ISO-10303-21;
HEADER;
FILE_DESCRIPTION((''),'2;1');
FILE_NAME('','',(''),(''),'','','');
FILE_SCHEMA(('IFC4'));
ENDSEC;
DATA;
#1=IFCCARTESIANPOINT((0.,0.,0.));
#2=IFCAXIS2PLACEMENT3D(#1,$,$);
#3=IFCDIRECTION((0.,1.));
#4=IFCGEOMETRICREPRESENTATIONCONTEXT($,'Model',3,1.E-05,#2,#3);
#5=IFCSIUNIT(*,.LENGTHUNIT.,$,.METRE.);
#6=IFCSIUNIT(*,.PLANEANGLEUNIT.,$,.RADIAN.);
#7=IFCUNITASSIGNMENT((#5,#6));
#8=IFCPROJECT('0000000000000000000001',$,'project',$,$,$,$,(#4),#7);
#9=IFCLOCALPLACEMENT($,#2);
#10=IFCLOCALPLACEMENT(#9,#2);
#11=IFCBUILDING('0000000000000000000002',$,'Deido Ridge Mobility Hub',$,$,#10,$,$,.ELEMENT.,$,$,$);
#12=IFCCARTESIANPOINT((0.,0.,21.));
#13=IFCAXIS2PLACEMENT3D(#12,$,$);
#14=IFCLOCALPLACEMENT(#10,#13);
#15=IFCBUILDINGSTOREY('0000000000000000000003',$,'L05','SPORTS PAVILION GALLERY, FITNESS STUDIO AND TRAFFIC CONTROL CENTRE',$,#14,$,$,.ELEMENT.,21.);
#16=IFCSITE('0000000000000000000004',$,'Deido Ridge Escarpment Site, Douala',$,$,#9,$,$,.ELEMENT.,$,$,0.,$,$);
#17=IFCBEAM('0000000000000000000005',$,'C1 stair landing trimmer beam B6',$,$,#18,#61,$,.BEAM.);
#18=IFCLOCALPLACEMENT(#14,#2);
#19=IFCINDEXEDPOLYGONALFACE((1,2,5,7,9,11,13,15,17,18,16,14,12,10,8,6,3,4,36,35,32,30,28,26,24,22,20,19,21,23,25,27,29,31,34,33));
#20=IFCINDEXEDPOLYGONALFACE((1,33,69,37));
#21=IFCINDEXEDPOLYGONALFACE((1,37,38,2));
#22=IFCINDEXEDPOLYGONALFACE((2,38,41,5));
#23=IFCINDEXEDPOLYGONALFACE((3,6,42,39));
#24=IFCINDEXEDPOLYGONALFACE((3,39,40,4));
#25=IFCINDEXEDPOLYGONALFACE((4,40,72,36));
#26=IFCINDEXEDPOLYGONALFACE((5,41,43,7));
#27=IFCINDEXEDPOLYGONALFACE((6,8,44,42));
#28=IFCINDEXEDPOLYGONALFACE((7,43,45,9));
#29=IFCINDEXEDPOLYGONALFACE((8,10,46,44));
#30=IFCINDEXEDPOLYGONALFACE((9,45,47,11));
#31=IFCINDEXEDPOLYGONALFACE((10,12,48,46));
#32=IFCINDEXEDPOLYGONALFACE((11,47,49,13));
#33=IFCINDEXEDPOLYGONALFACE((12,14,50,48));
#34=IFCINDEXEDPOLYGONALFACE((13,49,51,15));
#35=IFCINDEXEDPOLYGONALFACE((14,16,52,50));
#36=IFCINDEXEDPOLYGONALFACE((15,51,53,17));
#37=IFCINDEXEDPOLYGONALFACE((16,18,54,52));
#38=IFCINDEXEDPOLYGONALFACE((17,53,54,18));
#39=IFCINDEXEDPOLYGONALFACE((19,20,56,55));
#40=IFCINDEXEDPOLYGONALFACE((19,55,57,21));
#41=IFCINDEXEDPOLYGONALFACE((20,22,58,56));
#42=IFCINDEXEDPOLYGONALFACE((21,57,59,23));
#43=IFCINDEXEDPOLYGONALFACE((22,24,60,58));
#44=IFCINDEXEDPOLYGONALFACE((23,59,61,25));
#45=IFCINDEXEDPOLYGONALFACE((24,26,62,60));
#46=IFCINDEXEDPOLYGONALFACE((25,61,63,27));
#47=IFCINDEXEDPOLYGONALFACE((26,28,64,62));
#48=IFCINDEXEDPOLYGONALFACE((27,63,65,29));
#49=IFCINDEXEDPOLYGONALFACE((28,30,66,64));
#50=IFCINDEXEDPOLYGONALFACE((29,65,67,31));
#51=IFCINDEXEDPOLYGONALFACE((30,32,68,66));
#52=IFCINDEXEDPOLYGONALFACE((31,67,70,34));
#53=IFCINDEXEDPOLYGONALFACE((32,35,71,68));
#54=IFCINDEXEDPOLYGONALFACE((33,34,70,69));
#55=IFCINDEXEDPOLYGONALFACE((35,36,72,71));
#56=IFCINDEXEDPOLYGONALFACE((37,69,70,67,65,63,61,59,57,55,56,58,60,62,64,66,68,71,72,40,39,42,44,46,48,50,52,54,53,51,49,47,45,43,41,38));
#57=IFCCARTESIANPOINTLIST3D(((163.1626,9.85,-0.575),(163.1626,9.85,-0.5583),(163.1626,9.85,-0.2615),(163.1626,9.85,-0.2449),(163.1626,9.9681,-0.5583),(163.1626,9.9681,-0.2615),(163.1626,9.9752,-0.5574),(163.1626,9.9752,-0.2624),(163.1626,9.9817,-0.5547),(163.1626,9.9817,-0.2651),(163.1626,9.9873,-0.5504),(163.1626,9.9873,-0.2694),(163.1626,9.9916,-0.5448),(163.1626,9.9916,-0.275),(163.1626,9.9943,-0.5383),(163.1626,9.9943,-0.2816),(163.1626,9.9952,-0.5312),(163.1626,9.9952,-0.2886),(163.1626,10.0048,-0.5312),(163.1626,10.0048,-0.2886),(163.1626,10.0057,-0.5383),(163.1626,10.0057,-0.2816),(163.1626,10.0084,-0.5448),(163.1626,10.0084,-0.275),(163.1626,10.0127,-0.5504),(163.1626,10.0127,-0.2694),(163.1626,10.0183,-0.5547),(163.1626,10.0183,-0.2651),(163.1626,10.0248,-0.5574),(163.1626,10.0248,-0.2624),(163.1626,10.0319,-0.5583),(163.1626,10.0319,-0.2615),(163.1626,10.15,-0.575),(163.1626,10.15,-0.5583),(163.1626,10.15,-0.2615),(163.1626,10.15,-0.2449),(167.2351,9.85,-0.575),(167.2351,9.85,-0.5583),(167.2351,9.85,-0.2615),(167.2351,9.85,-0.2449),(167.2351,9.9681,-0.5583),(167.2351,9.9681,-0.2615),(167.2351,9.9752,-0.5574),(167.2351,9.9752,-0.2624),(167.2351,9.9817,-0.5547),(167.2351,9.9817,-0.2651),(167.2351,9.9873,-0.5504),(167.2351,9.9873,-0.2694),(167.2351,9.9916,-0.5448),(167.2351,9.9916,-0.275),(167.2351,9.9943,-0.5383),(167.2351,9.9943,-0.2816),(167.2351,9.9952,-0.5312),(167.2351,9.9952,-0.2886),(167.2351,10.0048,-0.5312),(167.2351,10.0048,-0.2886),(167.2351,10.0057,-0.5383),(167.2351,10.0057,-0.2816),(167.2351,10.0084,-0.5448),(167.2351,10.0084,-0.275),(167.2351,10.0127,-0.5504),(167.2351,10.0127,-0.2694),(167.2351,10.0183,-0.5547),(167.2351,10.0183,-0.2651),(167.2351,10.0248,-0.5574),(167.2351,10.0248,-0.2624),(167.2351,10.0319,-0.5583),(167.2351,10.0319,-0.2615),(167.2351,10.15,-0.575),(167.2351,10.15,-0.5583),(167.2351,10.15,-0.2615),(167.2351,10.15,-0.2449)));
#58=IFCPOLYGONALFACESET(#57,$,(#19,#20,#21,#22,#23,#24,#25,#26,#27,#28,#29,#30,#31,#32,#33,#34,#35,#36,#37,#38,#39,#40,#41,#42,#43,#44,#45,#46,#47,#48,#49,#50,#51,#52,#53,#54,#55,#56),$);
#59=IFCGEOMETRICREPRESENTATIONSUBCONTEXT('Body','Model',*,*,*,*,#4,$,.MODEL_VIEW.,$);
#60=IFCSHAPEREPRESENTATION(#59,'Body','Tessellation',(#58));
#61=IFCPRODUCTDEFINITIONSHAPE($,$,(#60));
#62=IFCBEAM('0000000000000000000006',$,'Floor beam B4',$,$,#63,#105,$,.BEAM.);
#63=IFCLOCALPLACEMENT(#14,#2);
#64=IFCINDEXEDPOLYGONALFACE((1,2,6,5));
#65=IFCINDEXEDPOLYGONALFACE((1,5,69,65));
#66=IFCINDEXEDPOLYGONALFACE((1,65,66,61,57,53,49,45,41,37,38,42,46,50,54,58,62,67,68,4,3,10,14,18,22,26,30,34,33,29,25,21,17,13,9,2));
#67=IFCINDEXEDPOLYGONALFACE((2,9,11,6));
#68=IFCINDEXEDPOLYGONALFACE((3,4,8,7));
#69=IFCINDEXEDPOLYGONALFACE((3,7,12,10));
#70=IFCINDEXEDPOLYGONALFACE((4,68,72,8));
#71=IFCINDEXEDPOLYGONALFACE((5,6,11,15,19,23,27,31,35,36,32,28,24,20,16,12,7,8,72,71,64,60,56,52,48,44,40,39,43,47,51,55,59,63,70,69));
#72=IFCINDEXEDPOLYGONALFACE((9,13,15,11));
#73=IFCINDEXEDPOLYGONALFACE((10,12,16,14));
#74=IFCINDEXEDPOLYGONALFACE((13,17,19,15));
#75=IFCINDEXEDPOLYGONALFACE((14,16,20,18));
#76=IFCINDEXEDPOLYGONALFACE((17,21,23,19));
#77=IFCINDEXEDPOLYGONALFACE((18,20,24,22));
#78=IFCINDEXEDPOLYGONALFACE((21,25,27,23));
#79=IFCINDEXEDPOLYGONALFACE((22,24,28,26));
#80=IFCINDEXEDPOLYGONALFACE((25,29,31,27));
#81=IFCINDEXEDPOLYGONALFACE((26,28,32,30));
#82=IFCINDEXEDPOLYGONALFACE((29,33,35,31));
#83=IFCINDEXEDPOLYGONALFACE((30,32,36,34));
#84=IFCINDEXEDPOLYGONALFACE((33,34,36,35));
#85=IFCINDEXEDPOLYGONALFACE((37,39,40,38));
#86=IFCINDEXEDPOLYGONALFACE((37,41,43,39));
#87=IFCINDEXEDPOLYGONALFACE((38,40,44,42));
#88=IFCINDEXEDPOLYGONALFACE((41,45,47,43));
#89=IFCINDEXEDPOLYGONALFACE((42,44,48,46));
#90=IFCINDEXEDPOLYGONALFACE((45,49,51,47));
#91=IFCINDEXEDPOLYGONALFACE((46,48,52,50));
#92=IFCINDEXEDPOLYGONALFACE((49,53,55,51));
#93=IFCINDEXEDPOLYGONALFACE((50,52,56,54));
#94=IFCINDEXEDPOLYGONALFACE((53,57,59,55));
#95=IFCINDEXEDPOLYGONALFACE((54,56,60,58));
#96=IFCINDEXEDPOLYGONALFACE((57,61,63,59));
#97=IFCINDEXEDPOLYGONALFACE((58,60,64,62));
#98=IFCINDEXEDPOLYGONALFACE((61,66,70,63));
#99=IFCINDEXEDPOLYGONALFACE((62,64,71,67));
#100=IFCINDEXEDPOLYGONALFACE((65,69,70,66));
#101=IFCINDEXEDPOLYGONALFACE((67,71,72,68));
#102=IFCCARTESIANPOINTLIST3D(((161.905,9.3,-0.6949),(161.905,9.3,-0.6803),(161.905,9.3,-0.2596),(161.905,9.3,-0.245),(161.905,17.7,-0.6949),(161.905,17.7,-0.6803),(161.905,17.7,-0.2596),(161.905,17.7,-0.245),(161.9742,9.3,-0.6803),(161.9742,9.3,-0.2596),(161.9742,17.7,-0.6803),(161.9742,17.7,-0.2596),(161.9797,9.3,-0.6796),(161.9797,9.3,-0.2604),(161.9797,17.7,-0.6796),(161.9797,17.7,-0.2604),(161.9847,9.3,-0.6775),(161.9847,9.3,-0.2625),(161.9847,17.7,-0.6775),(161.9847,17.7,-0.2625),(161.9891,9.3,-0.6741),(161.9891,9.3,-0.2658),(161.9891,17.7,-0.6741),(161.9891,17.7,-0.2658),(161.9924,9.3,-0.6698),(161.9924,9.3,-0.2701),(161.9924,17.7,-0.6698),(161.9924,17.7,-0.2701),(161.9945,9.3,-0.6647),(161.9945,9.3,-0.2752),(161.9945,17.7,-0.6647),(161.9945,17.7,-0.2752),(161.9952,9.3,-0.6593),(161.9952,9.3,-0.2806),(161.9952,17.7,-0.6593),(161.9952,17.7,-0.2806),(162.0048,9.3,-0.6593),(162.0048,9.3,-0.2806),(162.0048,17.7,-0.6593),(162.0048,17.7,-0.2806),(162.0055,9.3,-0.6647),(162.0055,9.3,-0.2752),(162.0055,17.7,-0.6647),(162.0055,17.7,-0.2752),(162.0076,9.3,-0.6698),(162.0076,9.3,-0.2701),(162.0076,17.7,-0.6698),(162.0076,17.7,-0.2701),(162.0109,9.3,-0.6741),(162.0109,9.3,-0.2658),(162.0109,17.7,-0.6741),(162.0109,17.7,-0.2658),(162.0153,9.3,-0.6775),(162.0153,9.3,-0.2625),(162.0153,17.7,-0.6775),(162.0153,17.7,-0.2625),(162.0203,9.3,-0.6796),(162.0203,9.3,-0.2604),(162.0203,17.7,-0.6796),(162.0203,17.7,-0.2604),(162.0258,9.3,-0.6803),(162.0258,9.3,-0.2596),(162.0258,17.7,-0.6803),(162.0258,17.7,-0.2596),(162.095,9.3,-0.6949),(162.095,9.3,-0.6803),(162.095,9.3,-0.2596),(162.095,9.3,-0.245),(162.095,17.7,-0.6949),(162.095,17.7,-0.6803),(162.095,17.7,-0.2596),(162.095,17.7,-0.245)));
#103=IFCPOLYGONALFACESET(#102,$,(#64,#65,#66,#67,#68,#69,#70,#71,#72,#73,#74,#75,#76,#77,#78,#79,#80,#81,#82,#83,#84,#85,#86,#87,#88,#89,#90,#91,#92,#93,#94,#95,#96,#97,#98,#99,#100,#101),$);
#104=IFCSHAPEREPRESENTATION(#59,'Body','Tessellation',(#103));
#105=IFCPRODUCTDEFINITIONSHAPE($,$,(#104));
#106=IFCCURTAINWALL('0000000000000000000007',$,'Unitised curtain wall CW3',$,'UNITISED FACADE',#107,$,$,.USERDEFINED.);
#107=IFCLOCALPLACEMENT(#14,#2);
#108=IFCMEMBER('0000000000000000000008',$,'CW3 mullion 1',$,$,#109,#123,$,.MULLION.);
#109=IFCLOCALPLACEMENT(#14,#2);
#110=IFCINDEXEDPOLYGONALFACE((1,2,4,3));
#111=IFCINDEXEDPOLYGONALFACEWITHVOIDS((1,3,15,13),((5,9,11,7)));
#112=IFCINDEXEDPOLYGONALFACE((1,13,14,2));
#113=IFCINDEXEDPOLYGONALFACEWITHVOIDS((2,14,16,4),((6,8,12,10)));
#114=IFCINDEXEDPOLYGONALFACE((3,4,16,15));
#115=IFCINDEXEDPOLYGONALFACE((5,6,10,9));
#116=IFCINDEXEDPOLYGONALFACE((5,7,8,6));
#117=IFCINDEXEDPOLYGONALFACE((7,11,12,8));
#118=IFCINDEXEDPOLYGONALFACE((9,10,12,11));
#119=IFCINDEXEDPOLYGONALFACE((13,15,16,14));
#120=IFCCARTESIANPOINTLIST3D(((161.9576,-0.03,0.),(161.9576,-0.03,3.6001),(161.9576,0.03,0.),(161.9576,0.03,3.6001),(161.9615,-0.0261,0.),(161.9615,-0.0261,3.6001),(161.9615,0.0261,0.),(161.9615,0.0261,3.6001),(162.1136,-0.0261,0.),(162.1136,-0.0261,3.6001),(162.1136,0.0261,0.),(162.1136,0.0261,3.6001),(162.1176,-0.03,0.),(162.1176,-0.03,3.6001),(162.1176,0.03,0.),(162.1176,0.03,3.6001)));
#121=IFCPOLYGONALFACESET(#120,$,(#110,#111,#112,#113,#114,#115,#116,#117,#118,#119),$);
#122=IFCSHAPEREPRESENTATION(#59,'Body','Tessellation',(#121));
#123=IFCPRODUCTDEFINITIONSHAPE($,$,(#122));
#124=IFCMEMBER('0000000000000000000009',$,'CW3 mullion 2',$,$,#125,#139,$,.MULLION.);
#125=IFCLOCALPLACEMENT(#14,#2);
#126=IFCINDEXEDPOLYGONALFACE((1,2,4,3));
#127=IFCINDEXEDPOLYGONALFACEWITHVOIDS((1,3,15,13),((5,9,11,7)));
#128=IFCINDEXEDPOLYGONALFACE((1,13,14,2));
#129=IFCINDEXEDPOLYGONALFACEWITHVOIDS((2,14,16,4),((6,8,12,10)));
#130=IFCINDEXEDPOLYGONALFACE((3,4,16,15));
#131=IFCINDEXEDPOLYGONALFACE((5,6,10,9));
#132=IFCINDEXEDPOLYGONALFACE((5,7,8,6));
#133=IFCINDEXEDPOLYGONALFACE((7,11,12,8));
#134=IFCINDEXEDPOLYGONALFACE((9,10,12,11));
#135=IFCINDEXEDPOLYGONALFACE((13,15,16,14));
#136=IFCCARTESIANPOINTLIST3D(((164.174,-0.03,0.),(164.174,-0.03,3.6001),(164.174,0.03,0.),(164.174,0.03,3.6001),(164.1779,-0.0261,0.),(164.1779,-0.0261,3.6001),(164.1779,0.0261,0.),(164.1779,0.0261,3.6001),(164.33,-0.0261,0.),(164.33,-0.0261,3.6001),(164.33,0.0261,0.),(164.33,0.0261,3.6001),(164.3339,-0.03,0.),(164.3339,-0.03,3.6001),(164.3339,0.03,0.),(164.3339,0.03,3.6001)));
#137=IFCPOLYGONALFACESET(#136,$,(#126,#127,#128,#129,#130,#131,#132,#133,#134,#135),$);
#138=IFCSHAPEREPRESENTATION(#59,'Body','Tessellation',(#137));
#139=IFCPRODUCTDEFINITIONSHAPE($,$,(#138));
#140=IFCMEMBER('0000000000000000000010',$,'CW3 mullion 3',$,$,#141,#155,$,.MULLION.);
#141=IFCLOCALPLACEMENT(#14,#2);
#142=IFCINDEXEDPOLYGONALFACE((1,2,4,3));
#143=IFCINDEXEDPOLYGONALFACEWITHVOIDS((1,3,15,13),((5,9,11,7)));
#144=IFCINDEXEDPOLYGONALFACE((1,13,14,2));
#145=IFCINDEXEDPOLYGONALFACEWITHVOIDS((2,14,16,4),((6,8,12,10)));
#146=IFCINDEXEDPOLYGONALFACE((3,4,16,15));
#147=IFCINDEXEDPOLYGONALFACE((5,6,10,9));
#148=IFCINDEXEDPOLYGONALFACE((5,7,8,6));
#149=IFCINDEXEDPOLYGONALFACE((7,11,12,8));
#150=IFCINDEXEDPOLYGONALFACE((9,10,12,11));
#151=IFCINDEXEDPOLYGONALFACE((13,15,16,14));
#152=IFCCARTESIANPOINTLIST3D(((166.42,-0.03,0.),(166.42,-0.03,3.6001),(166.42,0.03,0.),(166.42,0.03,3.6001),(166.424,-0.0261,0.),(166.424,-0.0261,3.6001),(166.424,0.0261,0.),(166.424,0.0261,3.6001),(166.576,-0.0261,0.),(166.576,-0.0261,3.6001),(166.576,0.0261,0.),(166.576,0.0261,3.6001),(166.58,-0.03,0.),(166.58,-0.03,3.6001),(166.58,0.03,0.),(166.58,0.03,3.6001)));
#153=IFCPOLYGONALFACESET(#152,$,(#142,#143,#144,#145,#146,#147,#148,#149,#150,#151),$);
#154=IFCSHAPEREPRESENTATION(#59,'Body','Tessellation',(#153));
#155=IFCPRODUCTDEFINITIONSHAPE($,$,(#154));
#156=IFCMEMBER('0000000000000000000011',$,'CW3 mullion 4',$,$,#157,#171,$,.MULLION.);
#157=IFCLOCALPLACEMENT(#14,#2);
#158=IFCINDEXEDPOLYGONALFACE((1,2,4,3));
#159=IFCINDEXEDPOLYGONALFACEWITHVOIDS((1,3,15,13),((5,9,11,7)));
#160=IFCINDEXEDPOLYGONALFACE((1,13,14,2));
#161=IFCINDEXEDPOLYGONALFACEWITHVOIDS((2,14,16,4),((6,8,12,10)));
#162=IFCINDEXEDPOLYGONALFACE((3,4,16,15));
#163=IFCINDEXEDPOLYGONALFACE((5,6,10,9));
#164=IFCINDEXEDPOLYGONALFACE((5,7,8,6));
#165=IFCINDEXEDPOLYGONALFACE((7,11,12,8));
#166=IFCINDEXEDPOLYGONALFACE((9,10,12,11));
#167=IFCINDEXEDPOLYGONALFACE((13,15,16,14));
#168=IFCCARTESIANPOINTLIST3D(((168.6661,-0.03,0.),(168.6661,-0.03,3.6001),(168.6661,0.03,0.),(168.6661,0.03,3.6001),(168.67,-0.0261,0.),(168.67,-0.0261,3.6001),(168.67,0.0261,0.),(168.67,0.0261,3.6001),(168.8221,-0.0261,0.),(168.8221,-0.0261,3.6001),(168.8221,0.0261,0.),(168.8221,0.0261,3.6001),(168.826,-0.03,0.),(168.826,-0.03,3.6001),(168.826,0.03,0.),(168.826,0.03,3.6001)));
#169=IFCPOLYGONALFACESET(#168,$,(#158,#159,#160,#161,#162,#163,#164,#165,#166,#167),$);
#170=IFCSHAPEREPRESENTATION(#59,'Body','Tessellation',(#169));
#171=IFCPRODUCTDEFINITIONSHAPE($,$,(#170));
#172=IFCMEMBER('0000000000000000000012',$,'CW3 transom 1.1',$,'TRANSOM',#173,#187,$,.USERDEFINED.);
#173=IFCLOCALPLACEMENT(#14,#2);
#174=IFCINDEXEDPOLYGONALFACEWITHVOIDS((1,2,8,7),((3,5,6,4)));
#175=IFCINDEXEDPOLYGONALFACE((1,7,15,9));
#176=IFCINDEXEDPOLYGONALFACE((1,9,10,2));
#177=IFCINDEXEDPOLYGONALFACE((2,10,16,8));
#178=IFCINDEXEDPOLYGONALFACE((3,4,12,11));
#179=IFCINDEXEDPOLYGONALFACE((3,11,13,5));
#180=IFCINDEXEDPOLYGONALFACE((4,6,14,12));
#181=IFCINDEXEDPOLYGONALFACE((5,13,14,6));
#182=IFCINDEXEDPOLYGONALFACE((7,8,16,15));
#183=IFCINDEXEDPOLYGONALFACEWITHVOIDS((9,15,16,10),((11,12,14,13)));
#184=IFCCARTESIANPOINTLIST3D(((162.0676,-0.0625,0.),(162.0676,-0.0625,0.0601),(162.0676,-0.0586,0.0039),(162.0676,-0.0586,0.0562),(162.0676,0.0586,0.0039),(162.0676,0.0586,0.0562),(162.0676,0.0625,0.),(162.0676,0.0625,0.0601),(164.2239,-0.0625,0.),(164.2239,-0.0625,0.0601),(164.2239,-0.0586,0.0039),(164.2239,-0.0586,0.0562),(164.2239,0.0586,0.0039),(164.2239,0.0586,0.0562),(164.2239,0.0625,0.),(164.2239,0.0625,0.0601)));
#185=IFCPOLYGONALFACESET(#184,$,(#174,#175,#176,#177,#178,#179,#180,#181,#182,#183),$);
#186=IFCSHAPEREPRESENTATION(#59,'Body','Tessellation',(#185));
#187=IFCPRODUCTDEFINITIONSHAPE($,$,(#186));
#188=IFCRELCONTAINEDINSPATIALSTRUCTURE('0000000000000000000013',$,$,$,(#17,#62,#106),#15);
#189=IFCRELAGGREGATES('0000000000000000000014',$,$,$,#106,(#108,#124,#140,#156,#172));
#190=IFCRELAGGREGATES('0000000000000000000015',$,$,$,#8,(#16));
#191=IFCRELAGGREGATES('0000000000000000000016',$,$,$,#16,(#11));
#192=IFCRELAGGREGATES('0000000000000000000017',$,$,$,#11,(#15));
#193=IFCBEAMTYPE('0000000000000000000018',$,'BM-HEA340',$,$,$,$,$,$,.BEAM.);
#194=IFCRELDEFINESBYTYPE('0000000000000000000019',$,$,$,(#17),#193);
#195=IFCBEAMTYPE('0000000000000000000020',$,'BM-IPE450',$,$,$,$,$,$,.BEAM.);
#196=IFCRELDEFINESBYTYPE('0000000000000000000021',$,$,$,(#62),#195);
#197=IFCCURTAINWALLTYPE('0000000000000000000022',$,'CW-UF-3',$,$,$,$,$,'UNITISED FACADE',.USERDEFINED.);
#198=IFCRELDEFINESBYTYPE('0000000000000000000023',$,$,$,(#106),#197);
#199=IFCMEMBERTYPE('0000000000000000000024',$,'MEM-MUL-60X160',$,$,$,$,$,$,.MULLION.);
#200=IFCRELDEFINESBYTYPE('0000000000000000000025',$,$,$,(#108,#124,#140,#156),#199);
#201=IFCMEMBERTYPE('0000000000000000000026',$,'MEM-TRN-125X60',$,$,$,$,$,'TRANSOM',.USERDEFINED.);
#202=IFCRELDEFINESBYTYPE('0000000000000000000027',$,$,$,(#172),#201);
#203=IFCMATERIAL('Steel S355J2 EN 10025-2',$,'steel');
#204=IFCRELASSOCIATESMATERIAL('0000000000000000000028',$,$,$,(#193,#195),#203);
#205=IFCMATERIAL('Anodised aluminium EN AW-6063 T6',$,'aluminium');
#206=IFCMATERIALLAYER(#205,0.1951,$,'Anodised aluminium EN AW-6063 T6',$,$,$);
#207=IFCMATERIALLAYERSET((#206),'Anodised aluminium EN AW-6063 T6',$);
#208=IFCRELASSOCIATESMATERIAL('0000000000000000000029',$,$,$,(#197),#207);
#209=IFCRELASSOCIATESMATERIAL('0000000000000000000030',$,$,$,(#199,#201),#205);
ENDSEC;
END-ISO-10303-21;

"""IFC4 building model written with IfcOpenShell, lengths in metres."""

from ifc_helpers import new_model, si_unit, direction, frame, origin, origin_2d, place, context, subcontext, project, spatial, hollow_rectangle, i_section, extrude, material, layer, layer_set, material_profile, profile_set, type_object, element, aggregate, save


model = new_model("IFC4")

# Units and contexts
model_context = context("Model", 3, precision=1e-05, world=origin(), true_north=direction((0.0, 1.0)))
body_context = subcontext(model_context, "Body", "Model", "MODEL_VIEW")
ifc_project = project(units=[si_unit("LENGTHUNIT", "METRE"), si_unit("PLANEANGLEUNIT", "RADIAN")], contexts=[model_context])

# Site, building, storey
site_placement = place(None, origin())
site = spatial("IfcSite", under=ifc_project, at=site_placement, Name="Deido Ridge Escarpment Site, Douala", CompositionType="ELEMENT", RefElevation=0.0)
building_placement = place(site_placement, origin())
building = spatial("IfcBuilding", under=site, at=building_placement, Name="Deido Ridge Mobility Hub", CompositionType="ELEMENT")
storey_placement = place(building_placement, frame((0.0, 0.0, 21.0)))
storey = spatial("IfcBuildingStorey", under=building, at=storey_placement, Name="L05", Description="SPORTS PAVILION GALLERY, FITNESS STUDIO AND TRAFFIC CONTROL CENTRE", CompositionType="ELEMENT", Elevation=21.0)

# Beams
ifc_material_1 = material(Name="Steel S355J2 EN 10025-2", Category="steel")
ifc_material_profile_1 = material_profile(ifc_material_1, i_section(OverallWidth=0.3, OverallDepth=0.3301, WebThickness=0.0095, FlangeThickness=0.0166, FilletRadius=0.0271, at=origin_2d()), Name="HEA 340")
ifc_profile_set_1 = profile_set([ifc_material_profile_1], Name="Steel S355J2 EN 10025-2")
beam_type_1 = type_object("IfcBeamType", Name="BM-HEA340", PredefinedType="BEAM", material=ifc_profile_set_1)
beam_1_placement = place(storey_placement, frame((163.1626, 10.0, -0.4099), z_axis=(1.0, 0.0, 0.0), x_axis=(0.0, 1.0, 0.0)))
element("IfcBeam", 1, at=beam_1_placement, inside=storey, type_object=beam_type_1, Name="C1 stair landing trimmer beam B6", PredefinedType="BEAM", context=body_context, shape_type="SweptSolid", body=[
    extrude(i_section(OverallWidth=0.3, OverallDepth=0.3301, WebThickness=0.0095, FlangeThickness=0.0166, FilletRadius=0.0271, at=origin_2d()), origin(), (0.0, 0.0, 1.0), 4.0725),
])
ifc_material_profile_2 = material_profile(ifc_material_1, i_section(OverallWidth=0.1899, OverallDepth=0.45, WebThickness=0.0095, FlangeThickness=0.0146, FilletRadius=0.021, at=origin_2d()), Name="IPE 450")
ifc_profile_set_2 = profile_set([ifc_material_profile_2], Name="Steel S355J2 EN 10025-2")
beam_type_2 = type_object("IfcBeamType", Name="BM-IPE450", PredefinedType="BEAM", material=ifc_profile_set_2)
beam_2_placement = place(storey_placement, frame((162.0, 9.3, -0.47), z_axis=(0.0, 1.0, 0.0), x_axis=(-1.0, 0.0, 0.0)))
element("IfcBeam", 2, at=beam_2_placement, inside=storey, type_object=beam_type_2, Name="Floor beam B4", PredefinedType="BEAM", context=body_context, shape_type="SweptSolid", body=[
    extrude(i_section(OverallWidth=0.1899, OverallDepth=0.45, WebThickness=0.0095, FlangeThickness=0.0146, FilletRadius=0.021, at=origin_2d()), origin(), (0.0, 0.0, 1.0), 8.3999),
])

# Curtain wall, members
ifc_material_2 = material(Name="Anodised aluminium EN AW-6063 T6", Category="aluminium")
ifc_layer_1 = layer(ifc_material_2, 0.1951, Name="Anodised aluminium EN AW-6063 T6")
ifc_layer_set_1 = layer_set([ifc_layer_1], Name="Anodised aluminium EN AW-6063 T6")
curtain_wall_type = type_object("IfcCurtainWallType", Name="CW-UF-3", ElementType="UNITISED FACADE", PredefinedType="USERDEFINED", material=ifc_layer_set_1)
curtain_wall_placement = place(storey_placement, origin())
curtain_wall = element("IfcCurtainWall", 3, at=curtain_wall_placement, inside=storey, type_object=curtain_wall_type, Name="Unitised curtain wall CW3", ObjectType="UNITISED FACADE", PredefinedType="USERDEFINED")
ifc_material_profile_3 = material_profile(ifc_material_2, hollow_rectangle(XDim=0.0601, YDim=0.1599, WallThickness=0.0039, at=origin_2d()), Name="RHS 60x160x4")
ifc_profile_set_3 = profile_set([ifc_material_profile_3], Name="Anodised aluminium EN AW-6063 T6")
member_type_1 = type_object("IfcMemberType", Name="MEM-MUL-60X160", PredefinedType="MULLION", material=ifc_profile_set_3)
member_1_placement = place(storey_placement, frame((162.0376, 0.0, 0.0), z_axis=(0.0, 0.0, 1.0), x_axis=(0.0, 1.0, 0.0)))
member_1 = element("IfcMember", 4, at=member_1_placement, type_object=member_type_1, Name="CW3 mullion 1", PredefinedType="MULLION", context=body_context, shape_type="SweptSolid", body=[
    extrude(hollow_rectangle(XDim=0.0601, YDim=0.1599, WallThickness=0.0039, at=origin_2d()), origin(), (0.0, 0.0, 1.0), 3.6001),
])
member_2_placement = place(storey_placement, frame((164.2539, 0.0, 0.0), z_axis=(0.0, 0.0, 1.0), x_axis=(0.0, 1.0, 0.0)))
member_2 = element("IfcMember", 5, at=member_2_placement, type_object=member_type_1, Name="CW3 mullion 2", PredefinedType="MULLION", context=body_context, shape_type="SweptSolid", body=[
    extrude(hollow_rectangle(XDim=0.0601, YDim=0.1599, WallThickness=0.0039, at=origin_2d()), origin(), (0.0, 0.0, 1.0), 3.6001),
])
member_3_placement = place(storey_placement, frame((166.5, 0.0, 0.0), z_axis=(0.0, 0.0, 1.0), x_axis=(0.0, 1.0, 0.0)))
member_3 = element("IfcMember", 6, at=member_3_placement, type_object=member_type_1, Name="CW3 mullion 3", PredefinedType="MULLION", context=body_context, shape_type="SweptSolid", body=[
    extrude(hollow_rectangle(XDim=0.0601, YDim=0.1599, WallThickness=0.0039, at=origin_2d()), origin(), (0.0, 0.0, 1.0), 3.6001),
])
member_4_placement = place(storey_placement, frame((168.7461, 0.0, 0.0), z_axis=(0.0, 0.0, 1.0), x_axis=(0.0, 1.0, 0.0)))
member_4 = element("IfcMember", 7, at=member_4_placement, type_object=member_type_1, Name="CW3 mullion 4", PredefinedType="MULLION", context=body_context, shape_type="SweptSolid", body=[
    extrude(hollow_rectangle(XDim=0.0601, YDim=0.1599, WallThickness=0.0039, at=origin_2d()), origin(), (0.0, 0.0, 1.0), 3.6001),
])
ifc_material_profile_4 = material_profile(ifc_material_2, hollow_rectangle(XDim=0.125, YDim=0.0601, WallThickness=0.0039, at=origin_2d()), Name="RHS 125x60x4")
ifc_profile_set_4 = profile_set([ifc_material_profile_4], Name="Anodised aluminium EN AW-6063 T6")
member_type_2 = type_object("IfcMemberType", Name="MEM-TRN-125X60", ElementType="TRANSOM", PredefinedType="USERDEFINED", material=ifc_profile_set_4)
member_5_placement = place(storey_placement, frame((162.0676, 0.0, 0.03), z_axis=(1.0, 0.0, 0.0), x_axis=(0.0, 1.0, 0.0)))
member_5 = element("IfcMember", 8, at=member_5_placement, type_object=member_type_2, Name="CW3 transom 1.1", ObjectType="TRANSOM", PredefinedType="USERDEFINED", context=body_context, shape_type="SweptSolid", body=[
    extrude(hollow_rectangle(XDim=0.125, YDim=0.0601, WallThickness=0.0039, at=origin_2d()), origin(), (0.0, 0.0, 1.0), 2.1562),
])

aggregate(curtain_wall, [member_1, member_2, member_3, member_4, member_5])

save(model, "model.ifc")
